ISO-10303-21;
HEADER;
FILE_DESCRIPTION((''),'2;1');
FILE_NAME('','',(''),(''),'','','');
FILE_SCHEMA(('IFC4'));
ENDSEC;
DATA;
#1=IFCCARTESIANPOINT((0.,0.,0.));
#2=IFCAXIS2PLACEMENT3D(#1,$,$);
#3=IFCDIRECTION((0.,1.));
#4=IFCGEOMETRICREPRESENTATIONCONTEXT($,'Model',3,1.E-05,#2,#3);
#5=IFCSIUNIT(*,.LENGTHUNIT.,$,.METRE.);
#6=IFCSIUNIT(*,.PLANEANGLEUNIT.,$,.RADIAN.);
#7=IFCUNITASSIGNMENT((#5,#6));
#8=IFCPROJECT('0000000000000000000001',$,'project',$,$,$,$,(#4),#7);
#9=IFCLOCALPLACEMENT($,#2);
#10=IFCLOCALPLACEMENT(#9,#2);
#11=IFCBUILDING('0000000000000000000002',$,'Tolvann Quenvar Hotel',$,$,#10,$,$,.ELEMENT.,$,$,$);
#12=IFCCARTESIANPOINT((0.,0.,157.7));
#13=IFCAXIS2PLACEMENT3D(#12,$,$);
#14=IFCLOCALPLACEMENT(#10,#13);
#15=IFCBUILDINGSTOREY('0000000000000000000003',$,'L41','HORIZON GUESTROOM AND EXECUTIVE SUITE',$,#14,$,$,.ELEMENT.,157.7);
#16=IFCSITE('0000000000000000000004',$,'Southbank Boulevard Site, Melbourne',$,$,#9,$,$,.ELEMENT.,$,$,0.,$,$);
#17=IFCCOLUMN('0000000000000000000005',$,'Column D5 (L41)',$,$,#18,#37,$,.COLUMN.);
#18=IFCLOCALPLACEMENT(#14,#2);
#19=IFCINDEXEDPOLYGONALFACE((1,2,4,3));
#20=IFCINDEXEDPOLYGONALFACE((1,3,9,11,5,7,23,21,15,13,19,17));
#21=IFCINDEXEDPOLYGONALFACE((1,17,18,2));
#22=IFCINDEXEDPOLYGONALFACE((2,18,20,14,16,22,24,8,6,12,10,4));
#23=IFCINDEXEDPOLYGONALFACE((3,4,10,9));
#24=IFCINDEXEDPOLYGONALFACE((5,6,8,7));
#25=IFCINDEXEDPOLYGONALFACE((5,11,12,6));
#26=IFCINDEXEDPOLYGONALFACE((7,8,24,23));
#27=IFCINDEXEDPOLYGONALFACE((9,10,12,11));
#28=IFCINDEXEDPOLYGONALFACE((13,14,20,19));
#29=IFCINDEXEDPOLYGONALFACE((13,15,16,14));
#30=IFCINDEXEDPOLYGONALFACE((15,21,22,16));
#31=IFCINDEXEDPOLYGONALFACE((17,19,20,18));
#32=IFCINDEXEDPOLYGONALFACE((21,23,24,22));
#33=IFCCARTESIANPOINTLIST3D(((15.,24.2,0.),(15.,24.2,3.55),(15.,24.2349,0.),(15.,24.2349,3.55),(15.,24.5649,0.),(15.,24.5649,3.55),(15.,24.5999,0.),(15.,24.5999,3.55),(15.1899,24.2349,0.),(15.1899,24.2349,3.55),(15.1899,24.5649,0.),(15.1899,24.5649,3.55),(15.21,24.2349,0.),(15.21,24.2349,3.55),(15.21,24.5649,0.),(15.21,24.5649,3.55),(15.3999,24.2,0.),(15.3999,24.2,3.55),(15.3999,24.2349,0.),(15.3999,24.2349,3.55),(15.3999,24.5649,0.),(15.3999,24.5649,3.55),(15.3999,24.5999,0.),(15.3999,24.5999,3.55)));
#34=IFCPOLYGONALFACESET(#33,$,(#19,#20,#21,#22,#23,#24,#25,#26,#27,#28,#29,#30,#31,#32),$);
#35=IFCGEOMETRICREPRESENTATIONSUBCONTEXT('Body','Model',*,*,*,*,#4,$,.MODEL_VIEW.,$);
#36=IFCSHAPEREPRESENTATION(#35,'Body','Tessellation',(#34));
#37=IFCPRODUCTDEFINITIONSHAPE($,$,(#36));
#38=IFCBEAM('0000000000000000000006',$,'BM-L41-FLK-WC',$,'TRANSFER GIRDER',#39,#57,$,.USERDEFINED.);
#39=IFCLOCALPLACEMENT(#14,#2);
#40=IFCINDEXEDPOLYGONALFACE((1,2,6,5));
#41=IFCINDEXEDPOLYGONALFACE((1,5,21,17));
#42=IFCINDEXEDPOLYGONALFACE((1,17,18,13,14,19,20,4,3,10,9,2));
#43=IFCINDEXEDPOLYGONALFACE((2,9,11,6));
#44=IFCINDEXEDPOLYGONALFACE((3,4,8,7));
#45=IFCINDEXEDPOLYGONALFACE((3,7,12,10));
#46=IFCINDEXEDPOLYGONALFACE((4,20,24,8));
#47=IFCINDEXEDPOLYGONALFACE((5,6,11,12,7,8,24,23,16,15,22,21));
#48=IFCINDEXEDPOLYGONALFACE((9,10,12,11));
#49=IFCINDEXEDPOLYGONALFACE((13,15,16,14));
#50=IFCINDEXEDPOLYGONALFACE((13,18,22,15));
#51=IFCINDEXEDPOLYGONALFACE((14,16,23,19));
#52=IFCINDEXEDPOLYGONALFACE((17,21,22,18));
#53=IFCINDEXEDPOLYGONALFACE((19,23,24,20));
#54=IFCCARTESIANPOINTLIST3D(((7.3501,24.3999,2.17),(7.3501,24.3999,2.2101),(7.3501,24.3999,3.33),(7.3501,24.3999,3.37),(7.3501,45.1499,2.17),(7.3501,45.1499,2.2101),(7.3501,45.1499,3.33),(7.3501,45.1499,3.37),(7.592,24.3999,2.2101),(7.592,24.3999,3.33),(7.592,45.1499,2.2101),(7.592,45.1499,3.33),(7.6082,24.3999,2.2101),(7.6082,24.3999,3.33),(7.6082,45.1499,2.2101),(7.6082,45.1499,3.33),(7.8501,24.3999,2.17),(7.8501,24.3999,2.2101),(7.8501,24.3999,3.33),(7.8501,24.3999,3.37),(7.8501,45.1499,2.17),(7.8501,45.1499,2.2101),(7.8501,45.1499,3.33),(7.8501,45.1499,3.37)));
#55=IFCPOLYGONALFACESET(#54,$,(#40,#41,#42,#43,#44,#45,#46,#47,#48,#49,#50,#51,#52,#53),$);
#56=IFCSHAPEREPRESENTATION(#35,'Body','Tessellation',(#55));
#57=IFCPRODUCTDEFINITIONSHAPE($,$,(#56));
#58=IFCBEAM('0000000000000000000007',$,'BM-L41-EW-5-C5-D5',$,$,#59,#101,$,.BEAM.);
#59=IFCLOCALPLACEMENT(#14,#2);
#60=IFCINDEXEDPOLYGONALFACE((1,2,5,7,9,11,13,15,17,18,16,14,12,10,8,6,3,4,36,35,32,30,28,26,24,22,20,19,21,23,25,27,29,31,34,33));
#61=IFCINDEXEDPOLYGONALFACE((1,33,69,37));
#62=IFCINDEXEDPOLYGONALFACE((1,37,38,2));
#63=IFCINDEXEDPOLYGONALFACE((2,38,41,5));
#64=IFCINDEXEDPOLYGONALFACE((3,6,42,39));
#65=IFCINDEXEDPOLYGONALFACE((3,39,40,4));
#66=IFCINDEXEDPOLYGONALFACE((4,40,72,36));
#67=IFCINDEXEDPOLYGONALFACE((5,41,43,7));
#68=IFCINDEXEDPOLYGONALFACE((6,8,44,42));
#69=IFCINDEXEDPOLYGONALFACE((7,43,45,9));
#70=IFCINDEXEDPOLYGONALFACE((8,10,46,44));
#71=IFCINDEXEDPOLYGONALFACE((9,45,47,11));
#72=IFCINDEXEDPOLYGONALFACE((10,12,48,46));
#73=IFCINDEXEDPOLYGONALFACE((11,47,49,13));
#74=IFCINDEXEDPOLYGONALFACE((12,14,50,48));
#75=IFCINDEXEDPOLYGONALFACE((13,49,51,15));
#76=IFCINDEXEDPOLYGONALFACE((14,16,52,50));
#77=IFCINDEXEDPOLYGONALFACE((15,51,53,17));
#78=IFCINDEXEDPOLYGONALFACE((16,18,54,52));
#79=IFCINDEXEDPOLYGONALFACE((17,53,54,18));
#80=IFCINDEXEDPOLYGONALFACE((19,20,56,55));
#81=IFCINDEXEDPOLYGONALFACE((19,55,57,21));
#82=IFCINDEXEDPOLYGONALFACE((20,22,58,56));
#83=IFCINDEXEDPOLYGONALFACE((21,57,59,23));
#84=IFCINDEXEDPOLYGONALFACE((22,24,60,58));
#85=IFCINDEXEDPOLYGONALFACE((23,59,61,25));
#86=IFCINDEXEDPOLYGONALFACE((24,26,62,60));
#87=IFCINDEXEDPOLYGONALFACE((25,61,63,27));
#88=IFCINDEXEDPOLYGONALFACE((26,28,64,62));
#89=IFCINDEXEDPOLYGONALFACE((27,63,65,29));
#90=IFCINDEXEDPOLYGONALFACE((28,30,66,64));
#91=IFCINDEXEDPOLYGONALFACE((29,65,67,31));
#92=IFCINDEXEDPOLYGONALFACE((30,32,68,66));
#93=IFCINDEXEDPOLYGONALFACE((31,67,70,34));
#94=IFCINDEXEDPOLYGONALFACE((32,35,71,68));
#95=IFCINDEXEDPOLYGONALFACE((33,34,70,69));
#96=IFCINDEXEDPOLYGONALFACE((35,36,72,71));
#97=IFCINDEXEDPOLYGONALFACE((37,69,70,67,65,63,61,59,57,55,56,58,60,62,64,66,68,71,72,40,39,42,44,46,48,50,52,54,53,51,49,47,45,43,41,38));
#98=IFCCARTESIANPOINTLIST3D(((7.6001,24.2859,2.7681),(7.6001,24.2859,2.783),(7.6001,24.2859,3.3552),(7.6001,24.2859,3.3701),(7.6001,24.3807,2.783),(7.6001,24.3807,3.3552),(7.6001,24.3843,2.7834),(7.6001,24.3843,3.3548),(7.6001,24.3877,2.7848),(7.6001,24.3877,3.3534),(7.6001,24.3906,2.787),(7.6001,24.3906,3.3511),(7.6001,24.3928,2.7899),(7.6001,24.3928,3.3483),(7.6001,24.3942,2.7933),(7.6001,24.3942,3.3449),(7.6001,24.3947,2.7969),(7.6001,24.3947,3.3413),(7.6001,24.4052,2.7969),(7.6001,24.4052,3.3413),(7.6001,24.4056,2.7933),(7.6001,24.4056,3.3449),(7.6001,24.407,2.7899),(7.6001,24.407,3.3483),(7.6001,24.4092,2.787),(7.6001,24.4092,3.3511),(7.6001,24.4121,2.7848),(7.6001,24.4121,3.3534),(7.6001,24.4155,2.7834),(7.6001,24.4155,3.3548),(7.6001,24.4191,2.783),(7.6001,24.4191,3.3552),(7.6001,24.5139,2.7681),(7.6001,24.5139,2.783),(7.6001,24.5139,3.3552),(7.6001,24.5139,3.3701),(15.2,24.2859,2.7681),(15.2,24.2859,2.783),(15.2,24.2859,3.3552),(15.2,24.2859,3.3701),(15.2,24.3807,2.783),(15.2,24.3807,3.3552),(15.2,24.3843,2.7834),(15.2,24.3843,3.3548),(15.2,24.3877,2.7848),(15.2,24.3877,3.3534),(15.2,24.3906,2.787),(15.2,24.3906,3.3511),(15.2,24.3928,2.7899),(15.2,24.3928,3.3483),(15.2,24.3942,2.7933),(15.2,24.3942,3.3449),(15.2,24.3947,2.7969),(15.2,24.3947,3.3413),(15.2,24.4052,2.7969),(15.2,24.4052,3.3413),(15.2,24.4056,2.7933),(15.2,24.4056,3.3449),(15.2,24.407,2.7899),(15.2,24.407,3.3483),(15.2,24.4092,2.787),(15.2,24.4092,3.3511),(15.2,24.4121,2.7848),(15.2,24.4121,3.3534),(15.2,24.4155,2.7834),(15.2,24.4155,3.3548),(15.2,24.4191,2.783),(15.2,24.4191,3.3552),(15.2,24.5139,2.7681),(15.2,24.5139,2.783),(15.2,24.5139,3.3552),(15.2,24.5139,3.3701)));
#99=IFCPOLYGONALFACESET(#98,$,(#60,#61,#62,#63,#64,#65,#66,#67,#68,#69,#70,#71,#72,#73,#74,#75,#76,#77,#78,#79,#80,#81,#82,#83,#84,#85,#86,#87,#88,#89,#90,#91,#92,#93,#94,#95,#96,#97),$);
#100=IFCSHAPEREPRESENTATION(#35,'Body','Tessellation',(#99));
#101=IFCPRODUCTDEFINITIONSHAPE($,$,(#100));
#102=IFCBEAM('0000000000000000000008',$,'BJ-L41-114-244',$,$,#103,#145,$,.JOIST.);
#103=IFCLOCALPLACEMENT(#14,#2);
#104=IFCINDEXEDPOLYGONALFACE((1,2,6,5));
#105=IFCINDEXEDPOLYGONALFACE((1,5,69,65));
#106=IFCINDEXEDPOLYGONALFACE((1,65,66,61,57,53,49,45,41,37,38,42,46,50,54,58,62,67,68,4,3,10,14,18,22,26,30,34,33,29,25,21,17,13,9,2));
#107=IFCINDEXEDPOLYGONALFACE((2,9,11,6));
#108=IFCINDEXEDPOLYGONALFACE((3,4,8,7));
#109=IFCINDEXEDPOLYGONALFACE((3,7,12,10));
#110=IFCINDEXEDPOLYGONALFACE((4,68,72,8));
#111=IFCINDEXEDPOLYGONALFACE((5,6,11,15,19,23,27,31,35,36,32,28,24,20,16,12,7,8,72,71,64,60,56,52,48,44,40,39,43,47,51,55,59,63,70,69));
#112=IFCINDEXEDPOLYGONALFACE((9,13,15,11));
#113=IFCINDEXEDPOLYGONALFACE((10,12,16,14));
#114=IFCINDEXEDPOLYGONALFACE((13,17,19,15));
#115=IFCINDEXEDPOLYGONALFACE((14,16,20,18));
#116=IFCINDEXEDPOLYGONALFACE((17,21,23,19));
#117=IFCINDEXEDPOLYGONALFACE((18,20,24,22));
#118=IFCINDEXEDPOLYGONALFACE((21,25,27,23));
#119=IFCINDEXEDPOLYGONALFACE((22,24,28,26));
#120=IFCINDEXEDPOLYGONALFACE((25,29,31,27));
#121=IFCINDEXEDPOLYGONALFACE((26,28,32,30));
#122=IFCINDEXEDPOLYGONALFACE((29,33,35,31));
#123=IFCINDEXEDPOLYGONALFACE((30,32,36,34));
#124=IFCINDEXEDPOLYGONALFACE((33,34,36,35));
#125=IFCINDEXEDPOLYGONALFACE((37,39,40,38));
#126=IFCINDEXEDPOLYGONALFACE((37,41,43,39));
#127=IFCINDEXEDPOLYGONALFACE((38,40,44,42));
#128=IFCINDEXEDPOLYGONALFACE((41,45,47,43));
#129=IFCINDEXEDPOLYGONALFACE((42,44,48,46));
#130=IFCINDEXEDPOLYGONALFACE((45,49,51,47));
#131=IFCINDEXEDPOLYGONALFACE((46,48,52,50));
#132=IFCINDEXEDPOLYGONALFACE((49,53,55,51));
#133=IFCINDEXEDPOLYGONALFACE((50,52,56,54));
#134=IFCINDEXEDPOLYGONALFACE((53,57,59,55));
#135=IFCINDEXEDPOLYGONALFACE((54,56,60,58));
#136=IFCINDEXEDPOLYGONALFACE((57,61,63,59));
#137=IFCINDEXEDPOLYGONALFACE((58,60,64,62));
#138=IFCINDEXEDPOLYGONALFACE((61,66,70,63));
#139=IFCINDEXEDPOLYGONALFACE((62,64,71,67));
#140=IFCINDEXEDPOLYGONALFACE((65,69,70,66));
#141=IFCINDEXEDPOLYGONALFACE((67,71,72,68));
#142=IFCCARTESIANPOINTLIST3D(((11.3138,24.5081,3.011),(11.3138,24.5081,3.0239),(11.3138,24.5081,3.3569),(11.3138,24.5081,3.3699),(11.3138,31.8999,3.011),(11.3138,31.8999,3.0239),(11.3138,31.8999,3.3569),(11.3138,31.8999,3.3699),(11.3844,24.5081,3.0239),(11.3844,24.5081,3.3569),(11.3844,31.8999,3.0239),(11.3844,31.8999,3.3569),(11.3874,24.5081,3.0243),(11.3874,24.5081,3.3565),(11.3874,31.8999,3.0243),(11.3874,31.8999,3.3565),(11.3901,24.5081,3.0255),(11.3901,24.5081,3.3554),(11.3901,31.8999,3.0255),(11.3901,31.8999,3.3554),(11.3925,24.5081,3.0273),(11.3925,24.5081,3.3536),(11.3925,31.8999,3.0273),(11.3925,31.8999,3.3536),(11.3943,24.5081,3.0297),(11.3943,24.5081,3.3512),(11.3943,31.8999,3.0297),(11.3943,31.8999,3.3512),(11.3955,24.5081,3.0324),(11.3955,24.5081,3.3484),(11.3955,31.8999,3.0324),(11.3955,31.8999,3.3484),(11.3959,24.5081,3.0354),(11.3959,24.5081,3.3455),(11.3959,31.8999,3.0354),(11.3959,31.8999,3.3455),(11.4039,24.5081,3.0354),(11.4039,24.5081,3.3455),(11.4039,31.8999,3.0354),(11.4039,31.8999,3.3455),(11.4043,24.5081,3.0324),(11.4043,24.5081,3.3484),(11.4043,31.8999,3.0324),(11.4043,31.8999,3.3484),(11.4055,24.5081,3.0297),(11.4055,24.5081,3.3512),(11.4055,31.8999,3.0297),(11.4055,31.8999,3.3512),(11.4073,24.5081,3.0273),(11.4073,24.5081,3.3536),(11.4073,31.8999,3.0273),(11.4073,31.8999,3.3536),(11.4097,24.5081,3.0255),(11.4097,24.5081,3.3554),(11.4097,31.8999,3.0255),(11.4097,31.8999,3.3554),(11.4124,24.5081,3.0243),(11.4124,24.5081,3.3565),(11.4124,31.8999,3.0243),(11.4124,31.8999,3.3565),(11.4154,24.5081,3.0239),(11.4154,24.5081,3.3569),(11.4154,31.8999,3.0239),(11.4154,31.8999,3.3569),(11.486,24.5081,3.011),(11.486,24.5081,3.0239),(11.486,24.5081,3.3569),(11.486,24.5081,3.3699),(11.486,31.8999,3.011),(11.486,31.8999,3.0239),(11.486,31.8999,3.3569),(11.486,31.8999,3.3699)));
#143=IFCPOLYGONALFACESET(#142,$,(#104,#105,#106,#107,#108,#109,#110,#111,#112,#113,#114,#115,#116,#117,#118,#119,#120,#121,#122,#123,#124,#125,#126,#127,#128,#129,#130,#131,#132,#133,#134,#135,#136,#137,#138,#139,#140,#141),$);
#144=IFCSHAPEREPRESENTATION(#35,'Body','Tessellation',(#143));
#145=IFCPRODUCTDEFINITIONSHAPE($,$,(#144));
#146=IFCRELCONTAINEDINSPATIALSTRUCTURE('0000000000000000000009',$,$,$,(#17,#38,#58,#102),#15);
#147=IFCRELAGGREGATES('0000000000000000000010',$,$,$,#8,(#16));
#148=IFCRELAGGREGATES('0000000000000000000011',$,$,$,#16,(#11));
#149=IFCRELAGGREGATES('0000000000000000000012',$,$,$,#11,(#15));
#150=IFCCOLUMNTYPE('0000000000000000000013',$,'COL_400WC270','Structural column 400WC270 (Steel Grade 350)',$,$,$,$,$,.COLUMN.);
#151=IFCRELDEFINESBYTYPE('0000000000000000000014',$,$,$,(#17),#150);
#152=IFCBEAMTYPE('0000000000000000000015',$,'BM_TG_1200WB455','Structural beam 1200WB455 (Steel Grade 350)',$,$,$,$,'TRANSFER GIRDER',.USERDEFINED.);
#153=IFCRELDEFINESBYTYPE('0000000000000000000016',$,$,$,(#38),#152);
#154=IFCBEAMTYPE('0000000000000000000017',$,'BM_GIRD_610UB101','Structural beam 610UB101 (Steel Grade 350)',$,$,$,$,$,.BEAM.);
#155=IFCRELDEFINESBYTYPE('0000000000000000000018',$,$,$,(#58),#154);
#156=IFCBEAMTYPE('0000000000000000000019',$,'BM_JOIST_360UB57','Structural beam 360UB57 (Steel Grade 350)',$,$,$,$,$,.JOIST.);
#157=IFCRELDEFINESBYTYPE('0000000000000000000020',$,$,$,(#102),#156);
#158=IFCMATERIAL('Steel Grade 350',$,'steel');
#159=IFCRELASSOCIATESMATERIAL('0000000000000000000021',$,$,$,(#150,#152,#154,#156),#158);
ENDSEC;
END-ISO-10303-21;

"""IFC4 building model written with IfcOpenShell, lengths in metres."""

from ifc_helpers import new_model, si_unit, direction, frame, origin, origin_2d, place, context, subcontext, project, spatial, i_section, extrude, source, transform, mapped, material, material_profile, profile_set, type_object, type_shapes, element, save


model = new_model("IFC4")

# Units and contexts
model_context = context("Model", 3, precision=1e-05, world=origin(), true_north=direction((0.0, 1.0)))
body_context = subcontext(model_context, "Body", "Model", "MODEL_VIEW")
ifc_project = project(units=[si_unit("LENGTHUNIT", "METRE"), si_unit("PLANEANGLEUNIT", "RADIAN")], contexts=[model_context])

# Site, building, storey
site_placement = place(None, origin())
site = spatial("IfcSite", under=ifc_project, at=site_placement, Name="Southbank Boulevard Site, Melbourne", CompositionType="ELEMENT", RefElevation=0.0)
building_placement = place(site_placement, origin())
building = spatial("IfcBuilding", under=site, at=building_placement, Name="Tolvann Quenvar Hotel", CompositionType="ELEMENT")
storey_placement = place(building_placement, frame((0.0, 0.0, 157.7)))
storey = spatial("IfcBuildingStorey", under=building, at=storey_placement, Name="L41", Description="HORIZON GUESTROOM AND EXECUTIVE SUITE", CompositionType="ELEMENT", Elevation=157.7)

# Column
ifc_material_1 = material(Name="Steel Grade 350", Category="steel")
ifc_material_profile_1 = material_profile(ifc_material_1, i_section(OverallWidth=0.3999, OverallDepth=0.3999, WebThickness=0.02, FlangeThickness=0.0349, at=origin_2d()), Name="400WC270")
ifc_profile_set_1 = profile_set([ifc_material_profile_1], Name="Steel Grade 350")
column_type = type_object("IfcColumnType", Name="COL_400WC270", Description="Structural column 400WC270 (Steel Grade 350)", PredefinedType="COLUMN", material=ifc_profile_set_1)
shared_shape_1 = source(origin(), body_context, "Body", "SweptSolid", [
    extrude(i_section(OverallWidth=0.3999, OverallDepth=0.3999, WebThickness=0.02, FlangeThickness=0.0349, at=origin_2d()), origin(), (0.0, 0.0, 1.0), 3.55),
])
type_shapes(column_type, [shared_shape_1])
column_placement = place(storey_placement, frame((15.2, 24.3999, 0.0), z_axis=(0.0, 0.0, 1.0), x_axis=(1.0, 0.0, 0.0)))
element("IfcColumn", 1, at=column_placement, inside=storey, type_object=column_type, Name="Column D5 (L41)", PredefinedType="COLUMN", context=body_context, shape_type="MappedRepresentation", body=[
    mapped(shared_shape_1, transform((0.0, 0.0, 0.0), x_axis=(1.0, 0.0, 0.0), y_axis=(0.0, 1.0, 0.0), z_axis=(0.0, 0.0, 1.0), scale=1.0)),
])

# Beams
ifc_material_profile_2 = material_profile(ifc_material_1, i_section(OverallWidth=0.5, OverallDepth=1.2, WebThickness=0.0161, FlangeThickness=0.04, at=origin_2d()), Name="1200WB455")
ifc_profile_set_2 = profile_set([ifc_material_profile_2], Name="Steel Grade 350")
beam_type_1 = type_object("IfcBeamType", Name="BM_TG_1200WB455", Description="Structural beam 1200WB455 (Steel Grade 350)", ElementType="TRANSFER GIRDER", PredefinedType="USERDEFINED", material=ifc_profile_set_2)
shared_shape_2 = source(origin(), body_context, "Body", "SweptSolid", [
    extrude(i_section(OverallWidth=0.5, OverallDepth=1.2, WebThickness=0.0161, FlangeThickness=0.04, at=origin_2d()), origin(), (0.0, 0.0, 1.0), 20.75),
])
type_shapes(beam_type_1, [shared_shape_2])
beam_1_placement = place(storey_placement, frame((7.6001, 24.3999, 2.77), z_axis=(0.0, 1.0, 0.0), x_axis=(-1.0, 0.0, 0.0)))
element("IfcBeam", 2, at=beam_1_placement, inside=storey, type_object=beam_type_1, Name="BM-L41-FLK-WC", ObjectType="TRANSFER GIRDER", PredefinedType="USERDEFINED", context=body_context, shape_type="MappedRepresentation", body=[
    mapped(shared_shape_2, transform((0.0, 0.0, 0.0), x_axis=(1.0, 0.0, 0.0), y_axis=(0.0, 1.0, 0.0), z_axis=(0.0, 0.0, 1.0), scale=1.0)),
])
ifc_material_profile_3 = material_profile(ifc_material_1, i_section(OverallWidth=0.228, OverallDepth=0.6021, WebThickness=0.0105, FlangeThickness=0.0149, FilletRadius=0.0139, at=origin_2d()), Name="610UB101")
ifc_profile_set_3 = profile_set([ifc_material_profile_3], Name="Steel Grade 350")
beam_type_2 = type_object("IfcBeamType", Name="BM_GIRD_610UB101", Description="Structural beam 610UB101 (Steel Grade 350)", PredefinedType="BEAM", material=ifc_profile_set_3)
shared_shape_3 = source(origin(), body_context, "Body", "SweptSolid", [
    extrude(i_section(OverallWidth=0.228, OverallDepth=0.6021, WebThickness=0.0105, FlangeThickness=0.0149, FilletRadius=0.0139, at=origin_2d()), origin(), (0.0, 0.0, 1.0), 7.5999),
])
type_shapes(beam_type_2, [shared_shape_3])
beam_2_placement = place(storey_placement, frame((7.6001, 24.3999, 3.0691), z_axis=(1.0, 0.0, 0.0), x_axis=(0.0, 1.0, 0.0)))
element("IfcBeam", 3, at=beam_2_placement, inside=storey, type_object=beam_type_2, Name="BM-L41-EW-5-C5-D5", PredefinedType="BEAM", context=body_context, shape_type="MappedRepresentation", body=[
    mapped(shared_shape_3, transform((0.0, 0.0, 0.0), x_axis=(1.0, 0.0, 0.0), y_axis=(0.0, 1.0, 0.0), z_axis=(0.0, 0.0, 1.0), scale=1.0)),
])
ifc_material_profile_4 = material_profile(ifc_material_1, i_section(OverallWidth=0.1721, OverallDepth=0.3589, WebThickness=0.0081, FlangeThickness=0.0129, FilletRadius=0.0115, at=origin_2d()), Name="360UB57")
ifc_profile_set_4 = profile_set([ifc_material_profile_4], Name="Steel Grade 350")
beam_type_3 = type_object("IfcBeamType", Name="BM_JOIST_360UB57", Description="Structural beam 360UB57 (Steel Grade 350)", PredefinedType="JOIST", material=ifc_profile_set_4)
shared_shape_4 = source(origin(), body_context, "Body", "SweptSolid", [
    extrude(i_section(OverallWidth=0.1721, OverallDepth=0.3589, WebThickness=0.0081, FlangeThickness=0.0129, FilletRadius=0.0115, at=origin_2d()), origin(), (0.0, 0.0, 1.0), 7.3918),
])
type_shapes(beam_type_3, [shared_shape_4])
beam_3_placement = place(storey_placement, frame((11.3999, 24.5081, 3.1904), z_axis=(0.0, 1.0, 0.0), x_axis=(-1.0, 0.0, 0.0)))
element("IfcBeam", 4, at=beam_3_placement, inside=storey, type_object=beam_type_3, Name="BJ-L41-114-244", PredefinedType="JOIST", context=body_context, shape_type="MappedRepresentation", body=[
    mapped(shared_shape_4, transform((0.0, 0.0, 0.0), x_axis=(1.0, 0.0, 0.0), y_axis=(0.0, 1.0, 0.0), z_axis=(0.0, 0.0, 1.0), scale=1.0)),
])

save(model, "model.ifc")
